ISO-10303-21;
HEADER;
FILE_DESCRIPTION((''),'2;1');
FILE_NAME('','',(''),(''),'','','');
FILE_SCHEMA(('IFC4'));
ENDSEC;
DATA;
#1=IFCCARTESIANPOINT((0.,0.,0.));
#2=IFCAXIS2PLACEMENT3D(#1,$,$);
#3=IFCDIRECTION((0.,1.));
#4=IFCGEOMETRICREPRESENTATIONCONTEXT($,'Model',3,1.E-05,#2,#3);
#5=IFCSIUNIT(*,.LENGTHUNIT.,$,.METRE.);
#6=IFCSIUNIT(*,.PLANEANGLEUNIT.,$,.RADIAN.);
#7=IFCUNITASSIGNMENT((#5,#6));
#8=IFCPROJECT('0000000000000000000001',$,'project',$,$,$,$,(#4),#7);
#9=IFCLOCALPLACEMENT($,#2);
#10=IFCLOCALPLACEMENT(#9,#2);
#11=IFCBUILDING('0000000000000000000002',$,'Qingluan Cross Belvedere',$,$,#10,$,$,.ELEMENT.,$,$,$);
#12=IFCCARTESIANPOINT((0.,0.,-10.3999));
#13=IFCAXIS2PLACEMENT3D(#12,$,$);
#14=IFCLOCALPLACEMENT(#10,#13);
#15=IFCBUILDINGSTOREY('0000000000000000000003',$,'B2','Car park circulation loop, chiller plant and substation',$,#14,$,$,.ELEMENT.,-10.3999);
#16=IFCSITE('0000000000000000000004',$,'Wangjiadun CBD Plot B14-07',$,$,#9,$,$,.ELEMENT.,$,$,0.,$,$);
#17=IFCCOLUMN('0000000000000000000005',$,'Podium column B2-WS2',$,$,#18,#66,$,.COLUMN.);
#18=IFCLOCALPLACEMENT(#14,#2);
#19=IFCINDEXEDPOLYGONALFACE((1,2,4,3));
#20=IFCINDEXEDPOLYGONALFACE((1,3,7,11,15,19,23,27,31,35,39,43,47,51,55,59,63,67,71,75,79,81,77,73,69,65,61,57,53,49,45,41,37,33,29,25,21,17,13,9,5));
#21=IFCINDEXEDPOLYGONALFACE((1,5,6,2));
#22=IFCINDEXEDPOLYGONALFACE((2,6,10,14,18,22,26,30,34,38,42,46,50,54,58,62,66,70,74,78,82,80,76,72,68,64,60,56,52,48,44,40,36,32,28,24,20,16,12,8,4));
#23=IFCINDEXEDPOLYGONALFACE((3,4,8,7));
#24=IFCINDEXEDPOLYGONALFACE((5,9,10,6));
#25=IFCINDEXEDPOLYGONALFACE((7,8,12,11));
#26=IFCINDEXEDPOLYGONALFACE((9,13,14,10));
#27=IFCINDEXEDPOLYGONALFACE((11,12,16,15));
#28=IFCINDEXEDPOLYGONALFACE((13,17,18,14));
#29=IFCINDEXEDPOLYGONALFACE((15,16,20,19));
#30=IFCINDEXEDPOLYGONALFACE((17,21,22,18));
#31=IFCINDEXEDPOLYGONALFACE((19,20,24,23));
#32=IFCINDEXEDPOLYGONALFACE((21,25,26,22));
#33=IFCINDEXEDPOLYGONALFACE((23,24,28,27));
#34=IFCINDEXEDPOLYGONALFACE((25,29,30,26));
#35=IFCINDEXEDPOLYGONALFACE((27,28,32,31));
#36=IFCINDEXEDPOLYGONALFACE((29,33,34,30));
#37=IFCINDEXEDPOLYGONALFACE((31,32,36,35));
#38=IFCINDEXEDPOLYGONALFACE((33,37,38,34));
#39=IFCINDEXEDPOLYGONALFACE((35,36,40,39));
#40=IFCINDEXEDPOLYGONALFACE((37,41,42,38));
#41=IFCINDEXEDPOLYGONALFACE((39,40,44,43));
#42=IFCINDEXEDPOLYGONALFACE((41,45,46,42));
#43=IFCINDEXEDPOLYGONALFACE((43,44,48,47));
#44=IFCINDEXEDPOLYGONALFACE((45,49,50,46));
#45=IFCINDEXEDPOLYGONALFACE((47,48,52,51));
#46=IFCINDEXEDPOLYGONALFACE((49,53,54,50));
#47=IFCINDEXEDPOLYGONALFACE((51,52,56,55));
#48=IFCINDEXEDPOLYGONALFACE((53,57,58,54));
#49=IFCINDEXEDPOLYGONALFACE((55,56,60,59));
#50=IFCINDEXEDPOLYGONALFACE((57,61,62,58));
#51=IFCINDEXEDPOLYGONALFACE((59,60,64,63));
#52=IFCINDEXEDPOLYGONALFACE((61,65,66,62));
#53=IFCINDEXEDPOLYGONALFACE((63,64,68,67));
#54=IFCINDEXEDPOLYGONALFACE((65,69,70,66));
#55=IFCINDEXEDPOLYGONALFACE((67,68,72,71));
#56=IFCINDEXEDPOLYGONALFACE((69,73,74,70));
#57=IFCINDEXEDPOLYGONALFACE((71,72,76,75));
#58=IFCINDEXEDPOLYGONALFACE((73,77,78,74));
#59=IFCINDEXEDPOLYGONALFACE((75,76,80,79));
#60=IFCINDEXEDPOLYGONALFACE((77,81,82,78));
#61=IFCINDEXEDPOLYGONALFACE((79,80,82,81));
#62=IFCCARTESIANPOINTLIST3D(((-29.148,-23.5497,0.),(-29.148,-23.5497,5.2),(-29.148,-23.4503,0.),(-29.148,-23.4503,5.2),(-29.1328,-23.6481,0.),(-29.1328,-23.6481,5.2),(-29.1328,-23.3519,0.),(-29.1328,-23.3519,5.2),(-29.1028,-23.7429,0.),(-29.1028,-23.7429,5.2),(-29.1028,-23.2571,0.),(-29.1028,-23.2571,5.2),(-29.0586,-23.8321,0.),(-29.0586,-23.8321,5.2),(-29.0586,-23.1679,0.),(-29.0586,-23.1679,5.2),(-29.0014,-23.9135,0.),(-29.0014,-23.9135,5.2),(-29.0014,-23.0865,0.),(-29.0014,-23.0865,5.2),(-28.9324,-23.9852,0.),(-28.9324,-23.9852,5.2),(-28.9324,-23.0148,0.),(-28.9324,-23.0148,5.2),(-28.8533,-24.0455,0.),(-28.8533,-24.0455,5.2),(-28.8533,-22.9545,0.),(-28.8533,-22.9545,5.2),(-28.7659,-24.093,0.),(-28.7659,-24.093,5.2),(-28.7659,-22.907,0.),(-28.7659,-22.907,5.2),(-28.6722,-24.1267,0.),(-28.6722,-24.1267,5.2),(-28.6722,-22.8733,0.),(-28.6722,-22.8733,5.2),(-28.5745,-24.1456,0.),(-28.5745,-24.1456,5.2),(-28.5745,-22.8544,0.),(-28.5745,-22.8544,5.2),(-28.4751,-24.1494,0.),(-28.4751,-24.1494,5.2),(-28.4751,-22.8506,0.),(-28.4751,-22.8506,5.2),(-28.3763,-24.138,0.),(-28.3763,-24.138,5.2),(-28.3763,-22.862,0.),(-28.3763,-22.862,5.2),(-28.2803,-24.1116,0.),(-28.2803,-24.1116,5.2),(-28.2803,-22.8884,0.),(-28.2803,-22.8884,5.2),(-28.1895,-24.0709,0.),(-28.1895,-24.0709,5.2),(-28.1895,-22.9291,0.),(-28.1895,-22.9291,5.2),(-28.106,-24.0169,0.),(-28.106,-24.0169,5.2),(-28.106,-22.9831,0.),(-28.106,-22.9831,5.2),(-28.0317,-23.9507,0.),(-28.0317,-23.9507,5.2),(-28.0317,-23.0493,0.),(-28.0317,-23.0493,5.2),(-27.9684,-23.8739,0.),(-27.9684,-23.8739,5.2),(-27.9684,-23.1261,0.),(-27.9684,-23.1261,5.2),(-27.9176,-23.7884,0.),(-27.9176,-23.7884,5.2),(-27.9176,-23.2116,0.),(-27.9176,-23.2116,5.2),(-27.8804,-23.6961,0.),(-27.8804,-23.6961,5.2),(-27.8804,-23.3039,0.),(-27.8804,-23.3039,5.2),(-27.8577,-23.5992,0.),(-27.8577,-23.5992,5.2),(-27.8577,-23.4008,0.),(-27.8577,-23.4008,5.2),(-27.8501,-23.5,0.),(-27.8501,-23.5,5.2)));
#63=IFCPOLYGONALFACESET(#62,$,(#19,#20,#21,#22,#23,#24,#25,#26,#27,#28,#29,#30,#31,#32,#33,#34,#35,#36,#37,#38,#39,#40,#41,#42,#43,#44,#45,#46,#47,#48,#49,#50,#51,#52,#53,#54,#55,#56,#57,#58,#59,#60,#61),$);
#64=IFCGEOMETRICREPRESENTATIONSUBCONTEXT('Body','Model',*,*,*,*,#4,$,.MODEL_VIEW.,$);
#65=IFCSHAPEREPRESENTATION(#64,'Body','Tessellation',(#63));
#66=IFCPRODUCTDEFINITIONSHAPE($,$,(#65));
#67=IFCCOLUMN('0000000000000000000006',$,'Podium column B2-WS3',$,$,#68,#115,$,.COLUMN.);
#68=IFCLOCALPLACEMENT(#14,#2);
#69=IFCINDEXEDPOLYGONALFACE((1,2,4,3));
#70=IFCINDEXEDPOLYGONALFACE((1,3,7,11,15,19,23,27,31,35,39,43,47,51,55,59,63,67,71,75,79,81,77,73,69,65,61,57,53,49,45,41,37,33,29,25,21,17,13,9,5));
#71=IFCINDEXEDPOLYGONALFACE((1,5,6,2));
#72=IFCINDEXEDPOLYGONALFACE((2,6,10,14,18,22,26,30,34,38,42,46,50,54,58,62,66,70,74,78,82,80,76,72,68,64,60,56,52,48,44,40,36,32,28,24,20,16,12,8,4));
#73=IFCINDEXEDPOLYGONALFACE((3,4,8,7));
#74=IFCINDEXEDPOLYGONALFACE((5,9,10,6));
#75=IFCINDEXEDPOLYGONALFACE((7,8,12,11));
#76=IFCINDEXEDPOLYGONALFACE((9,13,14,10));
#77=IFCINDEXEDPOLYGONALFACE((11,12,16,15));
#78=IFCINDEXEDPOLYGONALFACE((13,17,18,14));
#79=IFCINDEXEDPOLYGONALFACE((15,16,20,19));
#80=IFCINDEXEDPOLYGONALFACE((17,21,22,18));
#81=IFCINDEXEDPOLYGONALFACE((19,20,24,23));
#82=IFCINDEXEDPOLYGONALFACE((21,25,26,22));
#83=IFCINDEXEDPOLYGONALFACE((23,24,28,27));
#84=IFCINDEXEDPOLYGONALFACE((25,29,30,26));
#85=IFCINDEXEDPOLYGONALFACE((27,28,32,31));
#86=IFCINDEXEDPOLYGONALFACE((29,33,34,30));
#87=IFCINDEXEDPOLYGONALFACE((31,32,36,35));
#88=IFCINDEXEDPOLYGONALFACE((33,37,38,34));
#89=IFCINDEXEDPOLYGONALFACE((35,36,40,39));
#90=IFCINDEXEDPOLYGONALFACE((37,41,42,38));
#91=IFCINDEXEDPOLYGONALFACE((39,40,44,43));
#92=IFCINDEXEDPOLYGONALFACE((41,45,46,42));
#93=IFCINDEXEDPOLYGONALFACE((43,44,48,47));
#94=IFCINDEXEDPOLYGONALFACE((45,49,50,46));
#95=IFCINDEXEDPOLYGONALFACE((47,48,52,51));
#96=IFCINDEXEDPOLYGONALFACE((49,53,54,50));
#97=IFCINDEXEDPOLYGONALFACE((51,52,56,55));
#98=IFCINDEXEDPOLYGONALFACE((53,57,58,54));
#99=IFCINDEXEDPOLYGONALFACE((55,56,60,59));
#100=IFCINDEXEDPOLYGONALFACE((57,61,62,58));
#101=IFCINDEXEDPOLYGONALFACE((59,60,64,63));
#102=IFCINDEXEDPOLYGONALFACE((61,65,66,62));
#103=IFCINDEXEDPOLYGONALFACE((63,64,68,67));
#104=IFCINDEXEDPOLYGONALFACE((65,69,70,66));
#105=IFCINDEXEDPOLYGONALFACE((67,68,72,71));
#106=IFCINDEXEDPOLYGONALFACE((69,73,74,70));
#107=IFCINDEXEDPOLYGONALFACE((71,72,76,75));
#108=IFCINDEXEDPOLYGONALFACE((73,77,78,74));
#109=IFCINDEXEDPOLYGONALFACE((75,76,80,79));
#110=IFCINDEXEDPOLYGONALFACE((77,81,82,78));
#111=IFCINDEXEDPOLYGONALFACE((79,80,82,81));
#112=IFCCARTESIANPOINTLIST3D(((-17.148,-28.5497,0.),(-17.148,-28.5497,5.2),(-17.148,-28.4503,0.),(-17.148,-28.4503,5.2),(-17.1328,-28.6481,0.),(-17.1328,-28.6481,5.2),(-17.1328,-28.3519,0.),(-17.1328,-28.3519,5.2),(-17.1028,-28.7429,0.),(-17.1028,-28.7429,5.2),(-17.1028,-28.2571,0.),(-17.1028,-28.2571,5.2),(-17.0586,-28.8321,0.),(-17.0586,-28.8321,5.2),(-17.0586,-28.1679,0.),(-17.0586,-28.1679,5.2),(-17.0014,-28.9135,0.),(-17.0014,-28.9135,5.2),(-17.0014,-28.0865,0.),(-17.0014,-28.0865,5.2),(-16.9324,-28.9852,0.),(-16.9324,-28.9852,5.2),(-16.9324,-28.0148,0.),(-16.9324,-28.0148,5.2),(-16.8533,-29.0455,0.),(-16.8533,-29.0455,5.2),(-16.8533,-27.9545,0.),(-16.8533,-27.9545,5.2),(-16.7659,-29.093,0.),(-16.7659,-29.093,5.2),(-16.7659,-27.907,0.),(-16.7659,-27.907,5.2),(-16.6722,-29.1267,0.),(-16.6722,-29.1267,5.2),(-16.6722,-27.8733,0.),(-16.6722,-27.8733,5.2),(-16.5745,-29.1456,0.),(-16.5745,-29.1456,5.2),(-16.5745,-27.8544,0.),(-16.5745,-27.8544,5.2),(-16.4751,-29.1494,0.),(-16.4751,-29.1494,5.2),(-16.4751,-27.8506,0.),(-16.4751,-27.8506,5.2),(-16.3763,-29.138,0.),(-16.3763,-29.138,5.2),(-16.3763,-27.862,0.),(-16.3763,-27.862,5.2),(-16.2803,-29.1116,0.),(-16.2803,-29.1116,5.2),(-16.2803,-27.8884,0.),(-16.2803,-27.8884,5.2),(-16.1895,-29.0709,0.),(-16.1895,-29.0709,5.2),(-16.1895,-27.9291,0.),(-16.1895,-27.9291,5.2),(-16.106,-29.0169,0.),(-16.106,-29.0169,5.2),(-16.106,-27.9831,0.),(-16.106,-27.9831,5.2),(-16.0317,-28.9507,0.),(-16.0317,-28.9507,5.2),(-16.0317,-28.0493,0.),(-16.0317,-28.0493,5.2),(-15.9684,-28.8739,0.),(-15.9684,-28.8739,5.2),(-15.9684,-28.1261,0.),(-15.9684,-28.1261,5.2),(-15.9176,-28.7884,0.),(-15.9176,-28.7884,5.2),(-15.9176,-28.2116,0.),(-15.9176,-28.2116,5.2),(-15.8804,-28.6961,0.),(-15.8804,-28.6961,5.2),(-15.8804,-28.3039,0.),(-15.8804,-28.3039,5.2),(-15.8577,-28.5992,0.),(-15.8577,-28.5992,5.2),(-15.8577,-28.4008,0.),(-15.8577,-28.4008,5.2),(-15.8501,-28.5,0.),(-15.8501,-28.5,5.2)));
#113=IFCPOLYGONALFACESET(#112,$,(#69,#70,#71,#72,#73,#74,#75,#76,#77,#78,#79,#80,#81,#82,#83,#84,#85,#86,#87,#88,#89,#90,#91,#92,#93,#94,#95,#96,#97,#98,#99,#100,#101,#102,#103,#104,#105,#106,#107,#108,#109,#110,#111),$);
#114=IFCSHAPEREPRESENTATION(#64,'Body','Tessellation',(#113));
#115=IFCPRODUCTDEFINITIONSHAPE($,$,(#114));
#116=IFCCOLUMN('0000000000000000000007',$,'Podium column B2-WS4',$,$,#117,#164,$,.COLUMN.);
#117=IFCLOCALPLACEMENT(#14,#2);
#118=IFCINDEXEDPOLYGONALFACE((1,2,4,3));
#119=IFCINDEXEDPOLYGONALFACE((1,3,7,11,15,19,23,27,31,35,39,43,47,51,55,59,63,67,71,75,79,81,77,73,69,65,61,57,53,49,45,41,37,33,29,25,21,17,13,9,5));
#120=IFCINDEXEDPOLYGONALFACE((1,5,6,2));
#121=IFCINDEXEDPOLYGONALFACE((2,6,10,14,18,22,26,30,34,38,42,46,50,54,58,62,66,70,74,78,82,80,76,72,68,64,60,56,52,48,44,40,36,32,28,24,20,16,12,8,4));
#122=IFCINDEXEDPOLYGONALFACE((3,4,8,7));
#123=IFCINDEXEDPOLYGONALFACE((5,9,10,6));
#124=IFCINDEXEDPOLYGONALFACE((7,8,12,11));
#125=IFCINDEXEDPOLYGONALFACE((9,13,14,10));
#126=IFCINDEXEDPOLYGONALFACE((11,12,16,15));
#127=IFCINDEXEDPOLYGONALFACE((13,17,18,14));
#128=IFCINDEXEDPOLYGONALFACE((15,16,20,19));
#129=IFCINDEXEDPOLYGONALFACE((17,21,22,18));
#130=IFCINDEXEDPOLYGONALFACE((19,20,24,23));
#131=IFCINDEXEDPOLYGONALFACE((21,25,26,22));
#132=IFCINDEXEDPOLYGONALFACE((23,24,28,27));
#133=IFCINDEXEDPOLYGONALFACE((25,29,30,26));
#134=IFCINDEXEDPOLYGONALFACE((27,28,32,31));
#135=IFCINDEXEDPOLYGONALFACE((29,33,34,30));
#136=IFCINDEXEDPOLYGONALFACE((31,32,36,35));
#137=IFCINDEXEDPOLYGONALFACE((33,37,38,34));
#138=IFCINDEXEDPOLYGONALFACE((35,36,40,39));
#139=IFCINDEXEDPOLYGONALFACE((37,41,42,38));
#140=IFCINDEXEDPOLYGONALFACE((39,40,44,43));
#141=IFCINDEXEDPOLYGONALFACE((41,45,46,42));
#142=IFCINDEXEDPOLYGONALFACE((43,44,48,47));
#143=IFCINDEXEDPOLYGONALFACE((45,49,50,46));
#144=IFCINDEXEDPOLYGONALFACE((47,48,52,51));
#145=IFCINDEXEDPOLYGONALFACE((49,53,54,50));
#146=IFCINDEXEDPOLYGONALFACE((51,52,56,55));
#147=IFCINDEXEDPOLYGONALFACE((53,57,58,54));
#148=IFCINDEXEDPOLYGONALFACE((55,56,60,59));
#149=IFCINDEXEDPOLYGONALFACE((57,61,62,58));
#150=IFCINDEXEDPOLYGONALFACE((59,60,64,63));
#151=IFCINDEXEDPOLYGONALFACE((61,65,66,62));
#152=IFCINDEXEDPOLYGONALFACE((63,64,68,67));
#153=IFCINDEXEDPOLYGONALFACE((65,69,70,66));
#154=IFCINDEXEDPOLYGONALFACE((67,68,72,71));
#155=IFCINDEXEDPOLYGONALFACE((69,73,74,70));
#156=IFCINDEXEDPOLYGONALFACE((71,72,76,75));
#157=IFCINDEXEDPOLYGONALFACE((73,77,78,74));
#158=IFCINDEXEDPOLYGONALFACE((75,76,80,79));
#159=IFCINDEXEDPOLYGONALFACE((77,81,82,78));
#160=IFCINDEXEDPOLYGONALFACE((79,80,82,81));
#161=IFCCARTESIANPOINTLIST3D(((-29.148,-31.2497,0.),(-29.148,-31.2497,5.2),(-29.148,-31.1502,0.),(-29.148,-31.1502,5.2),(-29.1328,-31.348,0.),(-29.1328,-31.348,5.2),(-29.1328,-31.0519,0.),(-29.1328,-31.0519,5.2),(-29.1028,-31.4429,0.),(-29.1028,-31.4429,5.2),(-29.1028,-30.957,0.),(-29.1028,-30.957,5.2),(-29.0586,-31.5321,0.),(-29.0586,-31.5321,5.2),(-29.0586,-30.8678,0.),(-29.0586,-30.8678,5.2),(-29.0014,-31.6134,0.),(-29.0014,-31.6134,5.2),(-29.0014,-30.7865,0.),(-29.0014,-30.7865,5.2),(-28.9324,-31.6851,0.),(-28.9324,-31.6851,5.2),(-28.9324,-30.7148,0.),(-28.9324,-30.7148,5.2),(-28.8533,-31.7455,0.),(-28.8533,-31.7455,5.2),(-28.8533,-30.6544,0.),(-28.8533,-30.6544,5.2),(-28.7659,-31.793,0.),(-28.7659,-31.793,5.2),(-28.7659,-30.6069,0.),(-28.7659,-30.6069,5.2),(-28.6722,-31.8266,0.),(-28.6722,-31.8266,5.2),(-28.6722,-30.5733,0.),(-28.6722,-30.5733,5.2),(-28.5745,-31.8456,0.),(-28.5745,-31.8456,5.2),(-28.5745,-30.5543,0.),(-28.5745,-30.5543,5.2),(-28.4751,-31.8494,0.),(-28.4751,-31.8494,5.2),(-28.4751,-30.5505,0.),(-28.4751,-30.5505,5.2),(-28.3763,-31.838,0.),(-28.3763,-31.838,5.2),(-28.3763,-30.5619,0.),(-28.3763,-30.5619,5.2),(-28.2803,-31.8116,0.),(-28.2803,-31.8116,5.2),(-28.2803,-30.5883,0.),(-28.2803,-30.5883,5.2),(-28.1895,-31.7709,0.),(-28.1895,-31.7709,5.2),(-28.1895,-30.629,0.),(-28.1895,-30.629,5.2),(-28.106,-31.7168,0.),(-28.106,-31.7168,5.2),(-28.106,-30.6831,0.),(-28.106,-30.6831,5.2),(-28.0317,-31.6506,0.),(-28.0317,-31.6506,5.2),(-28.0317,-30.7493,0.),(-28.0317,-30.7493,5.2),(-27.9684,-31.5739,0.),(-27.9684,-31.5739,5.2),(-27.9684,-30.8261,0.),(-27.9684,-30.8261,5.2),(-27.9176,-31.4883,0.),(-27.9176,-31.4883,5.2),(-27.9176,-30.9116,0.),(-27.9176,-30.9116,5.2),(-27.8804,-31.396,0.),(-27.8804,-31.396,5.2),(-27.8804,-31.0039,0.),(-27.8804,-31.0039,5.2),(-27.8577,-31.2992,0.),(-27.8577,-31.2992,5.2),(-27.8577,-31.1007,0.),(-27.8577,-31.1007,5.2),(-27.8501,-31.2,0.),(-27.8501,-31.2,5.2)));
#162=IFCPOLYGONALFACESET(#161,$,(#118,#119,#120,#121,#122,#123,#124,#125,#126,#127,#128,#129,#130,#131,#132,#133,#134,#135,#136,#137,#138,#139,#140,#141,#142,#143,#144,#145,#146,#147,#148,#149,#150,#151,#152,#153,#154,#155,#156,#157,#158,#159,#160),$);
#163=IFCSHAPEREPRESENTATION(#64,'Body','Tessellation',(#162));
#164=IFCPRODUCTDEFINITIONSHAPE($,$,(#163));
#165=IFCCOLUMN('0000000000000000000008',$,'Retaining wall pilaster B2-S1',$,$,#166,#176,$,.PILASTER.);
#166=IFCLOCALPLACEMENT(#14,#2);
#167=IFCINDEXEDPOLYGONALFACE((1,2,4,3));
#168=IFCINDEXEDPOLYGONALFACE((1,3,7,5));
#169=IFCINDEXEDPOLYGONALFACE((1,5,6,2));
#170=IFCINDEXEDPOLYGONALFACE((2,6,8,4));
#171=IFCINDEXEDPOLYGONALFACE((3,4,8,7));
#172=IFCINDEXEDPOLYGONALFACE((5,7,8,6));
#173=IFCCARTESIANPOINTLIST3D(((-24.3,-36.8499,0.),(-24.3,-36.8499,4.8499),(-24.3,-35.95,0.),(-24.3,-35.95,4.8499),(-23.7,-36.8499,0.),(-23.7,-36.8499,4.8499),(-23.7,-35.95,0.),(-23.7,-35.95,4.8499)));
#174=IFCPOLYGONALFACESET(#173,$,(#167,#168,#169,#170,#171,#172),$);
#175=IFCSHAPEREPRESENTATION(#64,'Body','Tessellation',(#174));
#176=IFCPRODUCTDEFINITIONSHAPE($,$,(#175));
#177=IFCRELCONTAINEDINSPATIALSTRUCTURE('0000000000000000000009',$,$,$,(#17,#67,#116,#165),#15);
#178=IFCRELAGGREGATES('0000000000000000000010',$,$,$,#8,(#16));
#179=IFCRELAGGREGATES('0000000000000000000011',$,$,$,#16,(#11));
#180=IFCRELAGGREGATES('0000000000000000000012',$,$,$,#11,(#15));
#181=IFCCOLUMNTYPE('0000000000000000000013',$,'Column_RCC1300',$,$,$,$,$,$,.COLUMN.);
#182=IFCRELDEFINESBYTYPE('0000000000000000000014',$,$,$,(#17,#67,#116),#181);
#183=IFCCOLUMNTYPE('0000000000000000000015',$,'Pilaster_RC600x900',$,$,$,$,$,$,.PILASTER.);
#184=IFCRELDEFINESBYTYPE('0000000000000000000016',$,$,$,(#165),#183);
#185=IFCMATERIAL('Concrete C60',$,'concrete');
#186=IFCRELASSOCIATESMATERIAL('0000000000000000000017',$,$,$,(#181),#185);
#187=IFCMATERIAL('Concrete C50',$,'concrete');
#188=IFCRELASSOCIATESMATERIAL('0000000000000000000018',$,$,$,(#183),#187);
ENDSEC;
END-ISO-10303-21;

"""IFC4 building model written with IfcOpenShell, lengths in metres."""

from ifc_helpers import new_model, si_unit, direction, frame, origin, origin_2d, place, context, subcontext, project, spatial, rectangle, circle, extrude, material, material_profile, profile_set, type_object, element, save


model = new_model("IFC4")

# Units and contexts
model_context = context("Model", 3, precision=1e-05, world=origin(), true_north=direction((0.0, 1.0)))
body_context = subcontext(model_context, "Body", "Model", "MODEL_VIEW")
ifc_project = project(units=[si_unit("LENGTHUNIT", "METRE"), si_unit("PLANEANGLEUNIT", "RADIAN")], contexts=[model_context])

# Site, building, storey
site_placement = place(None, origin())
site = spatial("IfcSite", under=ifc_project, at=site_placement, Name="Wangjiadun CBD Plot B14-07", CompositionType="ELEMENT", RefElevation=0.0)
building_placement = place(site_placement, origin())
building = spatial("IfcBuilding", under=site, at=building_placement, Name="Qingluan Cross Belvedere", CompositionType="ELEMENT")
storey_placement = place(building_placement, frame((0.0, 0.0, -10.3999)))
storey = spatial("IfcBuildingStorey", under=building, at=storey_placement, Name="B2", Description="Car park circulation loop, chiller plant and substation", CompositionType="ELEMENT", Elevation=-10.3999)

# Columns
ifc_material_1 = material(Name="Concrete C60", Category="concrete")
ifc_material_profile_1 = material_profile(ifc_material_1, circle(Radius=0.6499, at=origin_2d()), Name="RCC1300")
ifc_profile_set_1 = profile_set([ifc_material_profile_1], Name="Concrete C60")
column_type_1 = type_object("IfcColumnType", Name="Column_RCC1300", PredefinedType="COLUMN", material=ifc_profile_set_1)
for number, where, z_axis, x_axis, name in (
    (1, (-28.5, -23.5, 0.0), (0.0, 0.0, 1.0), (1.0, 0.0, 0.0), "Podium column B2-WS2"),
    (2, (-16.5, -28.5, 0.0), (0.0, 0.0, 1.0), (1.0, 0.0, 0.0), "Podium column B2-WS3"),
    (3, (-28.5, -31.2, 0.0), (0.0, 0.0, 1.0), (1.0, 0.0, 0.0), "Podium column B2-WS4"),
):
    element("IfcColumn", number, at=place(storey_placement, frame(where, z_axis=z_axis, x_axis=x_axis)), inside=storey, type_object=column_type_1, Name=name, PredefinedType="COLUMN", context=body_context, shape_type="SweptSolid", body=[
        extrude(circle(Radius=0.6499, at=origin_2d()), origin(), (0.0, 0.0, 1.0), 5.2),
    ])
ifc_material_2 = material(Name="Concrete C50", Category="concrete")
ifc_material_profile_2 = material_profile(ifc_material_2, rectangle(XDim=0.6001, YDim=0.8999, at=origin_2d()), Name="RC600x900")
ifc_profile_set_2 = profile_set([ifc_material_profile_2], Name="Concrete C50")
column_type_2 = type_object("IfcColumnType", Name="Pilaster_RC600x900", PredefinedType="PILASTER", material=ifc_profile_set_2)
column_placement = place(storey_placement, frame((-24.0, -36.3999, 0.0), z_axis=(0.0, 0.0, 1.0), x_axis=(1.0, 0.0, 0.0)))
element("IfcColumn", 4, at=column_placement, inside=storey, type_object=column_type_2, Name="Retaining wall pilaster B2-S1", PredefinedType="PILASTER", context=body_context, shape_type="SweptSolid", body=[
    extrude(rectangle(XDim=0.6001, YDim=0.8999, at=origin_2d()), origin(), (0.0, 0.0, 1.0), 4.8499),
])

save(model, "model.ifc")
